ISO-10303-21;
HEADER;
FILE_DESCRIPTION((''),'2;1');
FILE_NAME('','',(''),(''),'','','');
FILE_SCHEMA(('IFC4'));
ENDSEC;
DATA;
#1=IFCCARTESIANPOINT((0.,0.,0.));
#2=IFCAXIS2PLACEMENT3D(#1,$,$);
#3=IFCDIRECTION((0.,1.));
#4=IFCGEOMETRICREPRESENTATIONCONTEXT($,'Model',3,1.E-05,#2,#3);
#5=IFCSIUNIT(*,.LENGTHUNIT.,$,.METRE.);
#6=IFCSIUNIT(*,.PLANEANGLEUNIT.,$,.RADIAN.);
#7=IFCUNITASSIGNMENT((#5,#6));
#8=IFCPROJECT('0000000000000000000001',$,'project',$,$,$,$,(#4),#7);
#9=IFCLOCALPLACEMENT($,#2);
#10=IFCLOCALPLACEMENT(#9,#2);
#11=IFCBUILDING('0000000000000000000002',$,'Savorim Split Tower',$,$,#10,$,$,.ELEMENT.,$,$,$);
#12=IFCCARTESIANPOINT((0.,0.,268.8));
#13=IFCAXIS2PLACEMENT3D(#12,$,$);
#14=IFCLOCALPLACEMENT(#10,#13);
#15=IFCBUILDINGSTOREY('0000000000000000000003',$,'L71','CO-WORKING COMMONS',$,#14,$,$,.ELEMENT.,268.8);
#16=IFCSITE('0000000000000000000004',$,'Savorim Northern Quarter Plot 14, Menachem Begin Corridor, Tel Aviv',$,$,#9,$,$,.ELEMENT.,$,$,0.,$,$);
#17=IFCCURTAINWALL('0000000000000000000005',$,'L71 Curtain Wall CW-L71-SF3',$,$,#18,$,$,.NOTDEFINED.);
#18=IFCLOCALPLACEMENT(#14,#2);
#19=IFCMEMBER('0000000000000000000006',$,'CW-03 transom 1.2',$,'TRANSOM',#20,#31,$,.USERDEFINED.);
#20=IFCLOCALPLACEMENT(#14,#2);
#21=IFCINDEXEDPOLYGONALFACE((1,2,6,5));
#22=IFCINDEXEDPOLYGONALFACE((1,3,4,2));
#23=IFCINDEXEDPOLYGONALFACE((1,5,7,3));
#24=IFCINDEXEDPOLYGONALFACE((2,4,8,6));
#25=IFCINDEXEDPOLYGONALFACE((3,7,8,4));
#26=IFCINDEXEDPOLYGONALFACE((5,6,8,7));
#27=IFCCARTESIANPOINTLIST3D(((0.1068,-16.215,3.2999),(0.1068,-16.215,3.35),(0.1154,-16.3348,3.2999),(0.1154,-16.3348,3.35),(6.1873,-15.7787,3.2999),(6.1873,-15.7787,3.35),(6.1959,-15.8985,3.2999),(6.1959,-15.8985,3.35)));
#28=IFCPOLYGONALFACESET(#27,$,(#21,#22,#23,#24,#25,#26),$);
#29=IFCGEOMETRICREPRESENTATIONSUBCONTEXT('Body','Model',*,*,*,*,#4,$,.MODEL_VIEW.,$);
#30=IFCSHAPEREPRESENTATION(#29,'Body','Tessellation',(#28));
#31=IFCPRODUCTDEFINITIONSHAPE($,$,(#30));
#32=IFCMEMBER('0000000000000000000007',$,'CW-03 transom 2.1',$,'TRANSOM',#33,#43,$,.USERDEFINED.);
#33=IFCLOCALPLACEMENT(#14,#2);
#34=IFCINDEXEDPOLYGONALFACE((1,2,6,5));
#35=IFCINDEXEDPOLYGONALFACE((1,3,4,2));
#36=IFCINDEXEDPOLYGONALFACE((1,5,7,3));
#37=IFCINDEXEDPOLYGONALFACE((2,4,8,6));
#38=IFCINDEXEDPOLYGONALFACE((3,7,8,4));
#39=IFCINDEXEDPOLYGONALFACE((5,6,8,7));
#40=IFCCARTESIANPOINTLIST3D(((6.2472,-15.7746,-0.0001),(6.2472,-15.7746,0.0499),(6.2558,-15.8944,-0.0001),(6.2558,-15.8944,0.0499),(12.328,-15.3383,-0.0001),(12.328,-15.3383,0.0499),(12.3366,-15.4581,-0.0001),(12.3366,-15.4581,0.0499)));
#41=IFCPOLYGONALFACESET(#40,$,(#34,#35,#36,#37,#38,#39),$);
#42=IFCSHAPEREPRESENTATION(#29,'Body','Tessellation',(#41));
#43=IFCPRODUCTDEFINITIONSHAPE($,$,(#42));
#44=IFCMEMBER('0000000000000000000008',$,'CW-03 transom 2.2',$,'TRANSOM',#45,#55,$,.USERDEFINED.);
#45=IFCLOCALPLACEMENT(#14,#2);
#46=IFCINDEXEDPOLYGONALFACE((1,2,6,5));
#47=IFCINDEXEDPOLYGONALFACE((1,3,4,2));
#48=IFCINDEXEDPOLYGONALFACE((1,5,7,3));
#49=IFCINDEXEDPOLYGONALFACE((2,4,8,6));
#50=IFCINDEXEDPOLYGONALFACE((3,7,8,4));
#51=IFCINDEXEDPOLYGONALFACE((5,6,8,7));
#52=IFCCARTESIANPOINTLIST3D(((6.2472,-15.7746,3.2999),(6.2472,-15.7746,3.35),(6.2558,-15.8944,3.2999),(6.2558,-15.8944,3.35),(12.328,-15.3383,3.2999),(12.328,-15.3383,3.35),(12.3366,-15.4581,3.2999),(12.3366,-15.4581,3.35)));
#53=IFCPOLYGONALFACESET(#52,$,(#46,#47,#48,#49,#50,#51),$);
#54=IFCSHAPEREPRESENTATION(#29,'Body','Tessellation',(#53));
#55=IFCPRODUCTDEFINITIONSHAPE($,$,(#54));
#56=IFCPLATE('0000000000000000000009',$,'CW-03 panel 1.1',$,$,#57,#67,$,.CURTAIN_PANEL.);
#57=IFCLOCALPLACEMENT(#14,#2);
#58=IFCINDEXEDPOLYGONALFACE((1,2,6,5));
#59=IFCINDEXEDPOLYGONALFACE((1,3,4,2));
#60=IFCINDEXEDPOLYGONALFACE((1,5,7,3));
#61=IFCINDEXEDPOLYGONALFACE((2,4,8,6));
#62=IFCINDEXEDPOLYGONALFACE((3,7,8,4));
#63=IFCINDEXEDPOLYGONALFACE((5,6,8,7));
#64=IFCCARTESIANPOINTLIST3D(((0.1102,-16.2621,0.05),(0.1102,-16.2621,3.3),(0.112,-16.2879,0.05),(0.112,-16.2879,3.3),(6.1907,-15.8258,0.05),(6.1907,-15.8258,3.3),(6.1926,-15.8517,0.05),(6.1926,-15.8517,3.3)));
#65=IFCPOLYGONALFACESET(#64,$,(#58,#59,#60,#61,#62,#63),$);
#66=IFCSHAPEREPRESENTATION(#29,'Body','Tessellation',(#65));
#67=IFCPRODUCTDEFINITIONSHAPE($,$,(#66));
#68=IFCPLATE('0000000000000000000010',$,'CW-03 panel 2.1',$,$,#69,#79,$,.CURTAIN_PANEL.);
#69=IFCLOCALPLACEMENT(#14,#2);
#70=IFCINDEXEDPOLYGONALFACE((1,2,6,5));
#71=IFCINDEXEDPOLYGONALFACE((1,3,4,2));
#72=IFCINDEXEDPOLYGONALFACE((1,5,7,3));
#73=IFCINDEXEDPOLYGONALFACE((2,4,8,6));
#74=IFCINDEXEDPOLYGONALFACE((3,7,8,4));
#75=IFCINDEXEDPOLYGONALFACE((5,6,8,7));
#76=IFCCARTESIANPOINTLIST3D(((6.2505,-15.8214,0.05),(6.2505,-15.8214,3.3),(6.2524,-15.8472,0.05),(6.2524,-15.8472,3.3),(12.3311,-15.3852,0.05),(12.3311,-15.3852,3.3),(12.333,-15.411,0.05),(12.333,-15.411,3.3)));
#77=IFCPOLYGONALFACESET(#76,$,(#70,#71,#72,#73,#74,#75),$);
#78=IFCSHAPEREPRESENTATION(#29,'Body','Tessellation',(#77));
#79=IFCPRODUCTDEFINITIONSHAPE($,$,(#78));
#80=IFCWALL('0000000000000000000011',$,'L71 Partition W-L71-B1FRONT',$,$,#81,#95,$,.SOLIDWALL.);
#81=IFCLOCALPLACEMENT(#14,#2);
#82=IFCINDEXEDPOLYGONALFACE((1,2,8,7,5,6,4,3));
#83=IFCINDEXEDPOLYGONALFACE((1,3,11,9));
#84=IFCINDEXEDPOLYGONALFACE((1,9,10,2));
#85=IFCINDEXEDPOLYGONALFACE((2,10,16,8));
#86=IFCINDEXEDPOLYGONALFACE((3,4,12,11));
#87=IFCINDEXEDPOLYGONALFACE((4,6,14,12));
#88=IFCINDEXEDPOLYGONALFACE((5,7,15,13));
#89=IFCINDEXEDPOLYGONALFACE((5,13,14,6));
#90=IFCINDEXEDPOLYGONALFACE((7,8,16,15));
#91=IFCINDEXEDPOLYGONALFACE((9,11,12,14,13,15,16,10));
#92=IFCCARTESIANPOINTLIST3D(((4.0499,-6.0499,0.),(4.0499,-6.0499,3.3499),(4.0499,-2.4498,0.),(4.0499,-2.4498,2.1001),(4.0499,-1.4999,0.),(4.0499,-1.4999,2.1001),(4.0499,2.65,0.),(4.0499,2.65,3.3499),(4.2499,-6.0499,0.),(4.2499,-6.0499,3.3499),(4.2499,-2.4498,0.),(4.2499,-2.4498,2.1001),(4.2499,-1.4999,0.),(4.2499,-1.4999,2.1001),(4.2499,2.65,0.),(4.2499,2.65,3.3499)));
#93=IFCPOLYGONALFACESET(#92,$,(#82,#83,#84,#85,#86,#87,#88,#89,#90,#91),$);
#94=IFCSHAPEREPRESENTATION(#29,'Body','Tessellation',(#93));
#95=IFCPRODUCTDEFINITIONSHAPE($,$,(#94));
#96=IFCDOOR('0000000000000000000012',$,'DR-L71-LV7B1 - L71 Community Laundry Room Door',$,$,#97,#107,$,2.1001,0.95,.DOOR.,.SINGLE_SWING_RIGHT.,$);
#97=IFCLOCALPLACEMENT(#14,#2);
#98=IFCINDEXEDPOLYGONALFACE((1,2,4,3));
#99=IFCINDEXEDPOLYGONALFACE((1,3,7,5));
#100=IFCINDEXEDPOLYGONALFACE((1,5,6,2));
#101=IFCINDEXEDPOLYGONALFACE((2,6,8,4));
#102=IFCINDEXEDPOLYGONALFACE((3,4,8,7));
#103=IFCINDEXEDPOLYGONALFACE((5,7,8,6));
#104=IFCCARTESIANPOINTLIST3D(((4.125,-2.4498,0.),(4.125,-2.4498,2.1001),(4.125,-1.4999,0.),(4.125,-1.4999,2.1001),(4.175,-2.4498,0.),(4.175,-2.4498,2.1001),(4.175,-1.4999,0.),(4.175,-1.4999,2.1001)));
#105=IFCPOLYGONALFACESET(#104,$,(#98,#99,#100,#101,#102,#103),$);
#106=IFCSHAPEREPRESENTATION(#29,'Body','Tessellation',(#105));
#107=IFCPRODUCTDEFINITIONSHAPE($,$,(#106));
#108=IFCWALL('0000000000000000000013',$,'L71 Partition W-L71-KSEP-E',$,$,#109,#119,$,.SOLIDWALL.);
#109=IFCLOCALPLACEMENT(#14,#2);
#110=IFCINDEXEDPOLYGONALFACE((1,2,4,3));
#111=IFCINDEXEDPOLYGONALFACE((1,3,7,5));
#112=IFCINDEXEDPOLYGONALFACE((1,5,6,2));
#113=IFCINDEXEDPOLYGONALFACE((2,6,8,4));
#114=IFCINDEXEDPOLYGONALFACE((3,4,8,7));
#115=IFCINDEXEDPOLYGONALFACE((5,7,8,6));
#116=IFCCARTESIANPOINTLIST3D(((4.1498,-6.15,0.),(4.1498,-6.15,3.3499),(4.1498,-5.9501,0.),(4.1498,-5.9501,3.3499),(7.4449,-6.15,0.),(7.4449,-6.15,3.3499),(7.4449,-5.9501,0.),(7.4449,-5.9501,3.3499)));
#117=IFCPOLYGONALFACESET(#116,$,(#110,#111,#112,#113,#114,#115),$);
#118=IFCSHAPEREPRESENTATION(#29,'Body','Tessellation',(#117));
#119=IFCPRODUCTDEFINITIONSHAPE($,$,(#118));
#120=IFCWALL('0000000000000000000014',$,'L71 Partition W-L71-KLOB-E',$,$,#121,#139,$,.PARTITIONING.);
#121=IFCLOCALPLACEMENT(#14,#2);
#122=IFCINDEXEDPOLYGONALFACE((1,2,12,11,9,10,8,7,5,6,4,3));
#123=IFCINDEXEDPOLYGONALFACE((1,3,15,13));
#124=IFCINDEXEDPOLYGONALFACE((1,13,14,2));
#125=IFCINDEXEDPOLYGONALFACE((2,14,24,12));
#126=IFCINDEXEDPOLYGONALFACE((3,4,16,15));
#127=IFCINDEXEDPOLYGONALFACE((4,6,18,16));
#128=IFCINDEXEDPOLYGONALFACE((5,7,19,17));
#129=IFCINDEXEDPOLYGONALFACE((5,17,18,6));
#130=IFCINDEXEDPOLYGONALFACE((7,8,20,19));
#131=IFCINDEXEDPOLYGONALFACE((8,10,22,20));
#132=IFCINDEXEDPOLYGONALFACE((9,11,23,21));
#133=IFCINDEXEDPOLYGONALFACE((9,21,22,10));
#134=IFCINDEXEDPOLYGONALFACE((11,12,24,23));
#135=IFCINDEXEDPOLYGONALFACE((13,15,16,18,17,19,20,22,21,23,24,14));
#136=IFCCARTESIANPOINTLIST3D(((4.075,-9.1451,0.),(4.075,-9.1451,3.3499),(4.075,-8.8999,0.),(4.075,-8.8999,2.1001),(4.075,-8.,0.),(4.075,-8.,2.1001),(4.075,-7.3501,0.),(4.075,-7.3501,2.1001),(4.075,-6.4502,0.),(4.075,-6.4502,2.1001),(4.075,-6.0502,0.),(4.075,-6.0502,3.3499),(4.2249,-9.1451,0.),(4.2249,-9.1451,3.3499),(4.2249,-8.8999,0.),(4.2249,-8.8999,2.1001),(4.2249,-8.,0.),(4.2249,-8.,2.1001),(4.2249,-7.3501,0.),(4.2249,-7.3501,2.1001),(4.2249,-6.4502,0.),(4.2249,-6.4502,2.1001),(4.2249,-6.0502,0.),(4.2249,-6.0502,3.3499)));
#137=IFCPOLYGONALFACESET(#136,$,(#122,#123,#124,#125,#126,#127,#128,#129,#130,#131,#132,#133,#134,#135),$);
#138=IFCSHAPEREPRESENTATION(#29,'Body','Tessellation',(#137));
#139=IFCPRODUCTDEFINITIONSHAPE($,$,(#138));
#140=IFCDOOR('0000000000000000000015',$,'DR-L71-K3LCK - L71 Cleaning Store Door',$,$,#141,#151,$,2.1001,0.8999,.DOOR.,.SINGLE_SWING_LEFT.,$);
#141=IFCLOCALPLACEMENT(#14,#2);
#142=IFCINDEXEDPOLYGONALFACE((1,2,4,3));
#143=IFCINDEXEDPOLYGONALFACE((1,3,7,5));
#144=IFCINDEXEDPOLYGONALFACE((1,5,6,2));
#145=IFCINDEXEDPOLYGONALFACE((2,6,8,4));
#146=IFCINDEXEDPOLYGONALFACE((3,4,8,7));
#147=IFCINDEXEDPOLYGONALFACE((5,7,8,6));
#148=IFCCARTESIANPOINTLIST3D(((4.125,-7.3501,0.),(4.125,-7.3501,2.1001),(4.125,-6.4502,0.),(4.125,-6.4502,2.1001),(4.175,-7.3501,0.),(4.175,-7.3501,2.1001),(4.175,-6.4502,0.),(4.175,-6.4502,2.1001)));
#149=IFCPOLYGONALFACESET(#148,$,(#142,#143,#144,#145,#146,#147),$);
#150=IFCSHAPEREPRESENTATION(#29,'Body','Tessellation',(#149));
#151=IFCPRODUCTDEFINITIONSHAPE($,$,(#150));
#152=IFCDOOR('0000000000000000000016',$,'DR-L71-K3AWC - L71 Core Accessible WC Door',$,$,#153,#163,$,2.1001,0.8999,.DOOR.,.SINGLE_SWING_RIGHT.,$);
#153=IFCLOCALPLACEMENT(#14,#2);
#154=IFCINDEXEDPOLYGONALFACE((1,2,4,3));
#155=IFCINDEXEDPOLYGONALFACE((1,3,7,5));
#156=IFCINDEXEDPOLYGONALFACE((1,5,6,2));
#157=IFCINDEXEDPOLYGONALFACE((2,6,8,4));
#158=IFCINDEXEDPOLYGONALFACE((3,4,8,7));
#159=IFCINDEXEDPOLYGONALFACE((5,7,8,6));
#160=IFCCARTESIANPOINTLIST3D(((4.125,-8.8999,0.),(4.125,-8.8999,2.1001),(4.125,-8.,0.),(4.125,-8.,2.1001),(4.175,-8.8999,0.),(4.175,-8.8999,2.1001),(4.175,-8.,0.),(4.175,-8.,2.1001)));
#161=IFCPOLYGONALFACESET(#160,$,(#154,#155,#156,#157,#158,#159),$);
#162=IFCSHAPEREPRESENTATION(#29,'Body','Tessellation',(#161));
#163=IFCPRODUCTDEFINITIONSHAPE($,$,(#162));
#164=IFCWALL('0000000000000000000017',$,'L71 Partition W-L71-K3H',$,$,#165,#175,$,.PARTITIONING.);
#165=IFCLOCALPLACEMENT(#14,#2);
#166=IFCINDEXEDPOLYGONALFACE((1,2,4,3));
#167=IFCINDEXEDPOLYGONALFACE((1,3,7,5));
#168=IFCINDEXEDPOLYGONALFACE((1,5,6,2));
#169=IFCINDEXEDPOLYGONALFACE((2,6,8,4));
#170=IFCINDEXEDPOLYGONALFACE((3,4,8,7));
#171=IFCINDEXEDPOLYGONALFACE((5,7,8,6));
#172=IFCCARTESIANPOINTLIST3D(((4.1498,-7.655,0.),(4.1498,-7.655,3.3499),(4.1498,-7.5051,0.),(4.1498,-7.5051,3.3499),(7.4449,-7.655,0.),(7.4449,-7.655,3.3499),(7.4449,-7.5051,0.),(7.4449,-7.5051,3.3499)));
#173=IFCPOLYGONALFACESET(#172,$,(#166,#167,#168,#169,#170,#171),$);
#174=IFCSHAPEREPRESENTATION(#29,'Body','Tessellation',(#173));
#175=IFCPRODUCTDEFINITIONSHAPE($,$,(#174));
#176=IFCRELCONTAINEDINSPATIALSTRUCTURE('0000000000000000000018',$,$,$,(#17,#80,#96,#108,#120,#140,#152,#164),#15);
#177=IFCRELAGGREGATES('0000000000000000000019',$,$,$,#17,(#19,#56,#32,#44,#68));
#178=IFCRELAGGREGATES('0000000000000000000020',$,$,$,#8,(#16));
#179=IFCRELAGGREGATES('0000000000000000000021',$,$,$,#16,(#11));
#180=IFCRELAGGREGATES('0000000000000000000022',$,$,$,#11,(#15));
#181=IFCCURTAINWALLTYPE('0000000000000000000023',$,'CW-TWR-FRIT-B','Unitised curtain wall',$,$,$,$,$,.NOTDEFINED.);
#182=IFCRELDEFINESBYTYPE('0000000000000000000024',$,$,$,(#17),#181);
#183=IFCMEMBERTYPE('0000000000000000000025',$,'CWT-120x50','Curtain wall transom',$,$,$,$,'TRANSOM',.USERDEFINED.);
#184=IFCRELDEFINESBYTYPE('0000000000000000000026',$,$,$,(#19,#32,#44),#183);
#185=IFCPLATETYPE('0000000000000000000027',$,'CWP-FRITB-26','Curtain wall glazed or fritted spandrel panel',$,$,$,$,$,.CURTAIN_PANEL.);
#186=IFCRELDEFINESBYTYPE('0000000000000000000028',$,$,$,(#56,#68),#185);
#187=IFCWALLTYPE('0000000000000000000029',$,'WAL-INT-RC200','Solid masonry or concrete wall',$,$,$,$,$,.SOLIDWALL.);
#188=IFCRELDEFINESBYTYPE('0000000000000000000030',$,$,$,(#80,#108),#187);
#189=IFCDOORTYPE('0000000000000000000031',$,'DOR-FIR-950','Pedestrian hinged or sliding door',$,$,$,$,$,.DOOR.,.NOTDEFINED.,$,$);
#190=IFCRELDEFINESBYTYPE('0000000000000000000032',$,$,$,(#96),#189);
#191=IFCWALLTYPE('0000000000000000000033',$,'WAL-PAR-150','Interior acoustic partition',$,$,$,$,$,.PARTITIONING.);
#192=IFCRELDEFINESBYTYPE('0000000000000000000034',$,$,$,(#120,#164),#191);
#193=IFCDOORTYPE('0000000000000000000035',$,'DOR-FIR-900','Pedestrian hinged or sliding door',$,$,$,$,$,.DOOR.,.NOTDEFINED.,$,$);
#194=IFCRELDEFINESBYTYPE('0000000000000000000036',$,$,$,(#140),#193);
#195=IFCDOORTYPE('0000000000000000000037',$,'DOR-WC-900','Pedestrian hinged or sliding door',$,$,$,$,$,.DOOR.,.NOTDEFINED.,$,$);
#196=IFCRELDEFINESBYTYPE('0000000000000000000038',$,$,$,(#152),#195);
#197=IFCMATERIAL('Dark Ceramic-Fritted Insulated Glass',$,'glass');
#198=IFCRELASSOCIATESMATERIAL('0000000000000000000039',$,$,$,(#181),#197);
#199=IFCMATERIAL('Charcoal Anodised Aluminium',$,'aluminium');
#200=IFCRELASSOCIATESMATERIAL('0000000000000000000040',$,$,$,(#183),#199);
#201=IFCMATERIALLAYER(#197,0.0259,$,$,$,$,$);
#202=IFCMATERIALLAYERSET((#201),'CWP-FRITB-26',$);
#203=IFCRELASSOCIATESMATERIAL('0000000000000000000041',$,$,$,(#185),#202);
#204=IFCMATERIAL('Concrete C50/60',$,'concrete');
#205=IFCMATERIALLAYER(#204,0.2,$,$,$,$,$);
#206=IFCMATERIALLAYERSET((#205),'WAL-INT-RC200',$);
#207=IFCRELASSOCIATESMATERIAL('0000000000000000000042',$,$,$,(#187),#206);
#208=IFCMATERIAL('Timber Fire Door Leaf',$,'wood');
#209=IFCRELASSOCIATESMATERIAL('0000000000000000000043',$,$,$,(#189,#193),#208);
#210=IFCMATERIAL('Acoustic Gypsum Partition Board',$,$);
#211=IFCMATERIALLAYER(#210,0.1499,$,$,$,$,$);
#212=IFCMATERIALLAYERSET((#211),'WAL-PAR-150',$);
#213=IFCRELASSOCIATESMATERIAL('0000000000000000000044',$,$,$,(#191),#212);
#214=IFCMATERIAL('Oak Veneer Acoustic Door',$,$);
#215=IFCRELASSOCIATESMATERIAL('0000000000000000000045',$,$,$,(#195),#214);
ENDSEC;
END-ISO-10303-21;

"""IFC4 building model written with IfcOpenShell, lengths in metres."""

from ifc_helpers import new_model, si_unit, direction, frame, frame_2d, origin, origin_2d, place, context, subcontext, project, spatial, rectangle, extrude, material, layer, layer_set, material_profile, profile_set, type_object, element, fill, aggregate, save


model = new_model("IFC4")

# Units and contexts
model_context = context("Model", 3, precision=1e-05, world=origin(), true_north=direction((0.0, 1.0)))
body_context = subcontext(model_context, "Body", "Model", "MODEL_VIEW")
ifc_project = project(units=[si_unit("LENGTHUNIT", "METRE"), si_unit("PLANEANGLEUNIT", "RADIAN")], contexts=[model_context])

# Site, building, storey
site_placement = place(None, origin())
site = spatial("IfcSite", under=ifc_project, at=site_placement, Name="Savorim Northern Quarter Plot 14, Menachem Begin Corridor, Tel Aviv", CompositionType="ELEMENT", RefElevation=0.0)
building_placement = place(site_placement, origin())
building = spatial("IfcBuilding", under=site, at=building_placement, Name="Savorim Split Tower", CompositionType="ELEMENT")
storey_placement = place(building_placement, frame((0.0, 0.0, 268.8)))
storey = spatial("IfcBuildingStorey", under=building, at=storey_placement, Name="L71", Description="CO-WORKING COMMONS", CompositionType="ELEMENT", Elevation=268.8)

# Curtain wall, members, plates
ifc_material_1 = material(Name="Dark Ceramic-Fritted Insulated Glass", Category="glass")
curtain_wall_type = type_object("IfcCurtainWallType", Name="CW-TWR-FRIT-B", Description="Unitised curtain wall", PredefinedType="NOTDEFINED", material=ifc_material_1)
curtain_wall_placement = place(storey_placement, origin())
curtain_wall = element("IfcCurtainWall", 1, at=curtain_wall_placement, inside=storey, type_object=curtain_wall_type, Name="L71 Curtain Wall CW-L71-SF3", PredefinedType="NOTDEFINED")
ifc_material_2 = material(Name="Charcoal Anodised Aluminium", Category="aluminium")
ifc_material_profile_1 = material_profile(ifc_material_2, rectangle(XDim=0.1201, YDim=0.05, at=origin_2d()), Name="ALU-T 120x50")
ifc_profile_set_1 = profile_set([ifc_material_profile_1], Name="Charcoal Anodised Aluminium")
member_type_1 = type_object("IfcMemberType", Name="CWT-120x50", Description="Curtain wall transom", ElementType="TRANSOM", PredefinedType="USERDEFINED", material=ifc_profile_set_1)
member_1_placement = place(storey_placement, frame((0.1111, -16.2749, 3.325), z_axis=(0.997436, 0.071566, 0.0), x_axis=(-0.071566, 0.997436, 0.0)))
member_1 = element("IfcMember", 2, at=member_1_placement, type_object=member_type_1, Name="CW-03 transom 1.2", ObjectType="TRANSOM", PredefinedType="USERDEFINED", context=body_context, shape_type="SweptSolid", body=[
    extrude(rectangle(XDim=0.1201, YDim=0.05, at=origin_2d()), origin(), (0.0, 0.0, 1.0), 6.0962),
])
member_2_placement = place(storey_placement, frame((6.2515, -15.8345, 0.0249), z_axis=(0.997436, 0.071563, 0.0), x_axis=(-0.071563, 0.997436, 0.0)))
member_2 = element("IfcMember", 3, at=member_2_placement, type_object=member_type_1, Name="CW-03 transom 2.1", ObjectType="TRANSOM", PredefinedType="USERDEFINED", context=body_context, shape_type="SweptSolid", body=[
    extrude(rectangle(XDim=0.1201, YDim=0.05, at=origin_2d()), origin(), (0.0, 0.0, 1.0), 6.0964),
])
member_3_placement = place(storey_placement, frame((6.2515, -15.8345, 3.325), z_axis=(0.997436, 0.071563, 0.0), x_axis=(-0.071563, 0.997436, 0.0)))
member_3 = element("IfcMember", 4, at=member_3_placement, type_object=member_type_1, Name="CW-03 transom 2.2", ObjectType="TRANSOM", PredefinedType="USERDEFINED", context=body_context, shape_type="SweptSolid", body=[
    extrude(rectangle(XDim=0.1201, YDim=0.05, at=origin_2d()), origin(), (0.0, 0.0, 1.0), 6.0964),
])
ifc_layer_1 = layer(ifc_material_1, 0.0259)
ifc_layer_set_1 = layer_set([ifc_layer_1], Name="CWP-FRITB-26")
plate_type = type_object("IfcPlateType", Name="CWP-FRITB-26", Description="Curtain wall glazed or fritted spandrel panel", PredefinedType="CURTAIN_PANEL", material=ifc_layer_set_1)
plate_1_placement = place(storey_placement, frame((3.1514, -16.0569, 0.05), z_axis=(0.0, 0.0, 1.0), x_axis=(0.997436, 0.071562, 0.0)))
plate_1 = element("IfcPlate", 5, at=plate_1_placement, type_object=plate_type, Name="CW-03 panel 1.1", PredefinedType="CURTAIN_PANEL", context=body_context, shape_type="SweptSolid", body=[
    extrude(rectangle(XDim=6.0962, YDim=0.0259, at=origin_2d()), origin(), (0.0, 0.0, 1.0), 3.25),
])
plate_2_placement = place(storey_placement, frame((9.2917, -15.6162, 0.05), z_axis=(0.0, 0.0, 1.0), x_axis=(0.997436, 0.071562, 0.0)))
plate_2 = element("IfcPlate", 6, at=plate_2_placement, type_object=plate_type, Name="CW-03 panel 2.1", PredefinedType="CURTAIN_PANEL", context=body_context, shape_type="SweptSolid", body=[
    extrude(rectangle(XDim=6.0962, YDim=0.0259, at=origin_2d()), origin(), (0.0, 0.0, 1.0), 3.25),
])
aggregate(curtain_wall, [member_1, plate_1, member_2, member_3, plate_2])

# Wall, opening, door
ifc_material_3 = material(Name="Concrete C50/60", Category="concrete")
ifc_layer_2 = layer(ifc_material_3, 0.2)
ifc_layer_set_2 = layer_set([ifc_layer_2], Name="WAL-INT-RC200")
wall_type_1 = type_object("IfcWallType", Name="WAL-INT-RC200", Description="Solid masonry or concrete wall", PredefinedType="SOLIDWALL", material=ifc_layer_set_2)
wall_1_placement = place(storey_placement, frame((4.1499, -6.05, 0.0), z_axis=(0.0, 0.0, 1.0), x_axis=(0.0, 1.0, 0.0)))
wall_1 = element("IfcWall", 7, at=wall_1_placement, inside=storey, type_object=wall_type_1, Name="L71 Partition W-L71-B1FRONT", PredefinedType="SOLIDWALL", context=body_context, shape_type="SweptSolid", body=[
    extrude(rectangle(XDim=8.7, YDim=0.2, at=frame_2d((4.3501, 0.0))), origin(), (0.0, 0.0, 1.0), 3.3499),
])
opening_1_placement = place(wall_1_placement, frame((3.6001, 0.0, 0.0)))
opening_1 = element("IfcOpeningElement", 8, at=opening_1_placement, cuts=wall_1, PredefinedType="OPENING", context=body_context, shape_type="SweptSolid", body=[
    extrude(rectangle(XDim=0.95, YDim=2.1001, at=frame_2d((0.4751, 1.05))), frame((0.0, 0.1099, 0.0), z_axis=(0.0, -1.0, 0.0), x_axis=(1.0, 0.0, 0.0)), (0.0, 0.0, 1.0), 0.22),
])
ifc_material_4 = material(Name="Timber Fire Door Leaf", Category="wood")
door_type_1 = type_object("IfcDoorType", Name="DOR-FIR-950", Description="Pedestrian hinged or sliding door", OperationType="NOTDEFINED", PredefinedType="DOOR", material=ifc_material_4)
door_1_placement = place(opening_1_placement, origin())
door_1 = element("IfcDoor", 9, at=door_1_placement, inside=storey, type_object=door_type_1, Name="DR-L71-LV7B1 - L71 Community Laundry Room Door", OperationType="SINGLE_SWING_RIGHT", OverallHeight=2.1001, OverallWidth=0.95, PredefinedType="DOOR", context=body_context, shape_type="SweptSolid", body=[
    extrude(rectangle(XDim=0.95, YDim=2.1001, at=frame_2d((0.4751, 1.05))), frame((0.0, 0.0249, 0.0), z_axis=(0.0, -1.0, 0.0), x_axis=(1.0, 0.0, 0.0)), (0.0, 0.0, 1.0), 0.05),
])
fill(opening_1, door_1)

# Wall
wall_2_placement = place(storey_placement, frame((4.1499, -6.05, 0.0), z_axis=(0.0, 0.0, 1.0), x_axis=(1.0, 0.0, 0.0)))
element("IfcWall", 10, at=wall_2_placement, inside=storey, type_object=wall_type_1, Name="L71 Partition W-L71-KSEP-E", PredefinedType="SOLIDWALL", context=body_context, shape_type="SweptSolid", body=[
    extrude(rectangle(XDim=3.2952, YDim=0.2, at=frame_2d((1.6475, 0.0))), origin(), (0.0, 0.0, 1.0), 3.3499),
])

# Wall, openings, doors
ifc_material_5 = material(Name="Acoustic Gypsum Partition Board")
ifc_layer_3 = layer(ifc_material_5, 0.1499)
ifc_layer_set_3 = layer_set([ifc_layer_3], Name="WAL-PAR-150")
wall_type_2 = type_object("IfcWallType", Name="WAL-PAR-150", Description="Interior acoustic partition", PredefinedType="PARTITIONING", material=ifc_layer_set_3)
wall_3_placement = place(storey_placement, frame((4.1499, -9.145, 0.0), z_axis=(0.0, 0.0, 1.0), x_axis=(0.0, 1.0, 0.0)))
wall_3 = element("IfcWall", 11, at=wall_3_placement, inside=storey, type_object=wall_type_2, Name="L71 Partition W-L71-KLOB-E", PredefinedType="PARTITIONING", context=body_context, shape_type="SweptSolid", body=[
    extrude(rectangle(XDim=3.095, YDim=0.1499, at=frame_2d((1.5474, 0.0))), origin(), (0.0, 0.0, 1.0), 3.3499),
])
opening_2_placement = place(wall_3_placement, frame((0.2451, 0.0, 0.0)))
opening_2 = element("IfcOpeningElement", 12, at=opening_2_placement, cuts=wall_3, PredefinedType="OPENING", context=body_context, shape_type="SweptSolid", body=[
    extrude(rectangle(XDim=0.8999, YDim=2.1001, at=frame_2d((0.45, 1.05))), frame((0.0, 0.085, 0.0), z_axis=(0.0, -1.0, 0.0), x_axis=(1.0, 0.0, 0.0)), (0.0, 0.0, 1.0), 0.1699),
])
opening_3_placement = place(wall_3_placement, frame((1.7949, 0.0, 0.0)))
opening_3 = element("IfcOpeningElement", 13, at=opening_3_placement, cuts=wall_3, PredefinedType="OPENING", context=body_context, shape_type="SweptSolid", body=[
    extrude(rectangle(XDim=0.8999, YDim=2.1001, at=frame_2d((0.45, 1.05))), frame((0.0, 0.085, 0.0), z_axis=(0.0, -1.0, 0.0), x_axis=(1.0, 0.0, 0.0)), (0.0, 0.0, 1.0), 0.1699),
])
door_type_2 = type_object("IfcDoorType", Name="DOR-FIR-900", Description="Pedestrian hinged or sliding door", OperationType="NOTDEFINED", PredefinedType="DOOR", material=ifc_material_4)
door_2_placement = place(opening_3_placement, origin())
door_2 = element("IfcDoor", 14, at=door_2_placement, inside=storey, type_object=door_type_2, Name="DR-L71-K3LCK - L71 Cleaning Store Door", OperationType="SINGLE_SWING_LEFT", OverallHeight=2.1001, OverallWidth=0.8999, PredefinedType="DOOR", context=body_context, shape_type="SweptSolid", body=[
    extrude(rectangle(XDim=0.8999, YDim=2.1001, at=frame_2d((0.45, 1.05))), frame((0.0, 0.0249, 0.0), z_axis=(0.0, -1.0, 0.0), x_axis=(1.0, 0.0, 0.0)), (0.0, 0.0, 1.0), 0.05),
])
fill(opening_3, door_2)
ifc_material_6 = material(Name="Oak Veneer Acoustic Door")
door_type_3 = type_object("IfcDoorType", Name="DOR-WC-900", Description="Pedestrian hinged or sliding door", OperationType="NOTDEFINED", PredefinedType="DOOR", material=ifc_material_6)
door_3_placement = place(opening_2_placement, origin())
door_3 = element("IfcDoor", 15, at=door_3_placement, inside=storey, type_object=door_type_3, Name="DR-L71-K3AWC - L71 Core Accessible WC Door", OperationType="SINGLE_SWING_RIGHT", OverallHeight=2.1001, OverallWidth=0.8999, PredefinedType="DOOR", context=body_context, shape_type="SweptSolid", body=[
    extrude(rectangle(XDim=0.8999, YDim=2.1001, at=frame_2d((0.45, 1.05))), frame((0.0, 0.0249, 0.0), z_axis=(0.0, -1.0, 0.0), x_axis=(1.0, 0.0, 0.0)), (0.0, 0.0, 1.0), 0.05),
])
fill(opening_2, door_3)

# Wall
wall_4_placement = place(storey_placement, frame((4.1499, -7.5801, 0.0), z_axis=(0.0, 0.0, 1.0), x_axis=(1.0, 0.0, 0.0)))
element("IfcWall", 16, at=wall_4_placement, inside=storey, type_object=wall_type_2, Name="L71 Partition W-L71-K3H", PredefinedType="PARTITIONING", context=body_context, shape_type="SweptSolid", body=[
    extrude(rectangle(XDim=3.2952, YDim=0.1499, at=frame_2d((1.6475, 0.0))), origin(), (0.0, 0.0, 1.0), 3.3499),
])

save(model, "model.ifc")
